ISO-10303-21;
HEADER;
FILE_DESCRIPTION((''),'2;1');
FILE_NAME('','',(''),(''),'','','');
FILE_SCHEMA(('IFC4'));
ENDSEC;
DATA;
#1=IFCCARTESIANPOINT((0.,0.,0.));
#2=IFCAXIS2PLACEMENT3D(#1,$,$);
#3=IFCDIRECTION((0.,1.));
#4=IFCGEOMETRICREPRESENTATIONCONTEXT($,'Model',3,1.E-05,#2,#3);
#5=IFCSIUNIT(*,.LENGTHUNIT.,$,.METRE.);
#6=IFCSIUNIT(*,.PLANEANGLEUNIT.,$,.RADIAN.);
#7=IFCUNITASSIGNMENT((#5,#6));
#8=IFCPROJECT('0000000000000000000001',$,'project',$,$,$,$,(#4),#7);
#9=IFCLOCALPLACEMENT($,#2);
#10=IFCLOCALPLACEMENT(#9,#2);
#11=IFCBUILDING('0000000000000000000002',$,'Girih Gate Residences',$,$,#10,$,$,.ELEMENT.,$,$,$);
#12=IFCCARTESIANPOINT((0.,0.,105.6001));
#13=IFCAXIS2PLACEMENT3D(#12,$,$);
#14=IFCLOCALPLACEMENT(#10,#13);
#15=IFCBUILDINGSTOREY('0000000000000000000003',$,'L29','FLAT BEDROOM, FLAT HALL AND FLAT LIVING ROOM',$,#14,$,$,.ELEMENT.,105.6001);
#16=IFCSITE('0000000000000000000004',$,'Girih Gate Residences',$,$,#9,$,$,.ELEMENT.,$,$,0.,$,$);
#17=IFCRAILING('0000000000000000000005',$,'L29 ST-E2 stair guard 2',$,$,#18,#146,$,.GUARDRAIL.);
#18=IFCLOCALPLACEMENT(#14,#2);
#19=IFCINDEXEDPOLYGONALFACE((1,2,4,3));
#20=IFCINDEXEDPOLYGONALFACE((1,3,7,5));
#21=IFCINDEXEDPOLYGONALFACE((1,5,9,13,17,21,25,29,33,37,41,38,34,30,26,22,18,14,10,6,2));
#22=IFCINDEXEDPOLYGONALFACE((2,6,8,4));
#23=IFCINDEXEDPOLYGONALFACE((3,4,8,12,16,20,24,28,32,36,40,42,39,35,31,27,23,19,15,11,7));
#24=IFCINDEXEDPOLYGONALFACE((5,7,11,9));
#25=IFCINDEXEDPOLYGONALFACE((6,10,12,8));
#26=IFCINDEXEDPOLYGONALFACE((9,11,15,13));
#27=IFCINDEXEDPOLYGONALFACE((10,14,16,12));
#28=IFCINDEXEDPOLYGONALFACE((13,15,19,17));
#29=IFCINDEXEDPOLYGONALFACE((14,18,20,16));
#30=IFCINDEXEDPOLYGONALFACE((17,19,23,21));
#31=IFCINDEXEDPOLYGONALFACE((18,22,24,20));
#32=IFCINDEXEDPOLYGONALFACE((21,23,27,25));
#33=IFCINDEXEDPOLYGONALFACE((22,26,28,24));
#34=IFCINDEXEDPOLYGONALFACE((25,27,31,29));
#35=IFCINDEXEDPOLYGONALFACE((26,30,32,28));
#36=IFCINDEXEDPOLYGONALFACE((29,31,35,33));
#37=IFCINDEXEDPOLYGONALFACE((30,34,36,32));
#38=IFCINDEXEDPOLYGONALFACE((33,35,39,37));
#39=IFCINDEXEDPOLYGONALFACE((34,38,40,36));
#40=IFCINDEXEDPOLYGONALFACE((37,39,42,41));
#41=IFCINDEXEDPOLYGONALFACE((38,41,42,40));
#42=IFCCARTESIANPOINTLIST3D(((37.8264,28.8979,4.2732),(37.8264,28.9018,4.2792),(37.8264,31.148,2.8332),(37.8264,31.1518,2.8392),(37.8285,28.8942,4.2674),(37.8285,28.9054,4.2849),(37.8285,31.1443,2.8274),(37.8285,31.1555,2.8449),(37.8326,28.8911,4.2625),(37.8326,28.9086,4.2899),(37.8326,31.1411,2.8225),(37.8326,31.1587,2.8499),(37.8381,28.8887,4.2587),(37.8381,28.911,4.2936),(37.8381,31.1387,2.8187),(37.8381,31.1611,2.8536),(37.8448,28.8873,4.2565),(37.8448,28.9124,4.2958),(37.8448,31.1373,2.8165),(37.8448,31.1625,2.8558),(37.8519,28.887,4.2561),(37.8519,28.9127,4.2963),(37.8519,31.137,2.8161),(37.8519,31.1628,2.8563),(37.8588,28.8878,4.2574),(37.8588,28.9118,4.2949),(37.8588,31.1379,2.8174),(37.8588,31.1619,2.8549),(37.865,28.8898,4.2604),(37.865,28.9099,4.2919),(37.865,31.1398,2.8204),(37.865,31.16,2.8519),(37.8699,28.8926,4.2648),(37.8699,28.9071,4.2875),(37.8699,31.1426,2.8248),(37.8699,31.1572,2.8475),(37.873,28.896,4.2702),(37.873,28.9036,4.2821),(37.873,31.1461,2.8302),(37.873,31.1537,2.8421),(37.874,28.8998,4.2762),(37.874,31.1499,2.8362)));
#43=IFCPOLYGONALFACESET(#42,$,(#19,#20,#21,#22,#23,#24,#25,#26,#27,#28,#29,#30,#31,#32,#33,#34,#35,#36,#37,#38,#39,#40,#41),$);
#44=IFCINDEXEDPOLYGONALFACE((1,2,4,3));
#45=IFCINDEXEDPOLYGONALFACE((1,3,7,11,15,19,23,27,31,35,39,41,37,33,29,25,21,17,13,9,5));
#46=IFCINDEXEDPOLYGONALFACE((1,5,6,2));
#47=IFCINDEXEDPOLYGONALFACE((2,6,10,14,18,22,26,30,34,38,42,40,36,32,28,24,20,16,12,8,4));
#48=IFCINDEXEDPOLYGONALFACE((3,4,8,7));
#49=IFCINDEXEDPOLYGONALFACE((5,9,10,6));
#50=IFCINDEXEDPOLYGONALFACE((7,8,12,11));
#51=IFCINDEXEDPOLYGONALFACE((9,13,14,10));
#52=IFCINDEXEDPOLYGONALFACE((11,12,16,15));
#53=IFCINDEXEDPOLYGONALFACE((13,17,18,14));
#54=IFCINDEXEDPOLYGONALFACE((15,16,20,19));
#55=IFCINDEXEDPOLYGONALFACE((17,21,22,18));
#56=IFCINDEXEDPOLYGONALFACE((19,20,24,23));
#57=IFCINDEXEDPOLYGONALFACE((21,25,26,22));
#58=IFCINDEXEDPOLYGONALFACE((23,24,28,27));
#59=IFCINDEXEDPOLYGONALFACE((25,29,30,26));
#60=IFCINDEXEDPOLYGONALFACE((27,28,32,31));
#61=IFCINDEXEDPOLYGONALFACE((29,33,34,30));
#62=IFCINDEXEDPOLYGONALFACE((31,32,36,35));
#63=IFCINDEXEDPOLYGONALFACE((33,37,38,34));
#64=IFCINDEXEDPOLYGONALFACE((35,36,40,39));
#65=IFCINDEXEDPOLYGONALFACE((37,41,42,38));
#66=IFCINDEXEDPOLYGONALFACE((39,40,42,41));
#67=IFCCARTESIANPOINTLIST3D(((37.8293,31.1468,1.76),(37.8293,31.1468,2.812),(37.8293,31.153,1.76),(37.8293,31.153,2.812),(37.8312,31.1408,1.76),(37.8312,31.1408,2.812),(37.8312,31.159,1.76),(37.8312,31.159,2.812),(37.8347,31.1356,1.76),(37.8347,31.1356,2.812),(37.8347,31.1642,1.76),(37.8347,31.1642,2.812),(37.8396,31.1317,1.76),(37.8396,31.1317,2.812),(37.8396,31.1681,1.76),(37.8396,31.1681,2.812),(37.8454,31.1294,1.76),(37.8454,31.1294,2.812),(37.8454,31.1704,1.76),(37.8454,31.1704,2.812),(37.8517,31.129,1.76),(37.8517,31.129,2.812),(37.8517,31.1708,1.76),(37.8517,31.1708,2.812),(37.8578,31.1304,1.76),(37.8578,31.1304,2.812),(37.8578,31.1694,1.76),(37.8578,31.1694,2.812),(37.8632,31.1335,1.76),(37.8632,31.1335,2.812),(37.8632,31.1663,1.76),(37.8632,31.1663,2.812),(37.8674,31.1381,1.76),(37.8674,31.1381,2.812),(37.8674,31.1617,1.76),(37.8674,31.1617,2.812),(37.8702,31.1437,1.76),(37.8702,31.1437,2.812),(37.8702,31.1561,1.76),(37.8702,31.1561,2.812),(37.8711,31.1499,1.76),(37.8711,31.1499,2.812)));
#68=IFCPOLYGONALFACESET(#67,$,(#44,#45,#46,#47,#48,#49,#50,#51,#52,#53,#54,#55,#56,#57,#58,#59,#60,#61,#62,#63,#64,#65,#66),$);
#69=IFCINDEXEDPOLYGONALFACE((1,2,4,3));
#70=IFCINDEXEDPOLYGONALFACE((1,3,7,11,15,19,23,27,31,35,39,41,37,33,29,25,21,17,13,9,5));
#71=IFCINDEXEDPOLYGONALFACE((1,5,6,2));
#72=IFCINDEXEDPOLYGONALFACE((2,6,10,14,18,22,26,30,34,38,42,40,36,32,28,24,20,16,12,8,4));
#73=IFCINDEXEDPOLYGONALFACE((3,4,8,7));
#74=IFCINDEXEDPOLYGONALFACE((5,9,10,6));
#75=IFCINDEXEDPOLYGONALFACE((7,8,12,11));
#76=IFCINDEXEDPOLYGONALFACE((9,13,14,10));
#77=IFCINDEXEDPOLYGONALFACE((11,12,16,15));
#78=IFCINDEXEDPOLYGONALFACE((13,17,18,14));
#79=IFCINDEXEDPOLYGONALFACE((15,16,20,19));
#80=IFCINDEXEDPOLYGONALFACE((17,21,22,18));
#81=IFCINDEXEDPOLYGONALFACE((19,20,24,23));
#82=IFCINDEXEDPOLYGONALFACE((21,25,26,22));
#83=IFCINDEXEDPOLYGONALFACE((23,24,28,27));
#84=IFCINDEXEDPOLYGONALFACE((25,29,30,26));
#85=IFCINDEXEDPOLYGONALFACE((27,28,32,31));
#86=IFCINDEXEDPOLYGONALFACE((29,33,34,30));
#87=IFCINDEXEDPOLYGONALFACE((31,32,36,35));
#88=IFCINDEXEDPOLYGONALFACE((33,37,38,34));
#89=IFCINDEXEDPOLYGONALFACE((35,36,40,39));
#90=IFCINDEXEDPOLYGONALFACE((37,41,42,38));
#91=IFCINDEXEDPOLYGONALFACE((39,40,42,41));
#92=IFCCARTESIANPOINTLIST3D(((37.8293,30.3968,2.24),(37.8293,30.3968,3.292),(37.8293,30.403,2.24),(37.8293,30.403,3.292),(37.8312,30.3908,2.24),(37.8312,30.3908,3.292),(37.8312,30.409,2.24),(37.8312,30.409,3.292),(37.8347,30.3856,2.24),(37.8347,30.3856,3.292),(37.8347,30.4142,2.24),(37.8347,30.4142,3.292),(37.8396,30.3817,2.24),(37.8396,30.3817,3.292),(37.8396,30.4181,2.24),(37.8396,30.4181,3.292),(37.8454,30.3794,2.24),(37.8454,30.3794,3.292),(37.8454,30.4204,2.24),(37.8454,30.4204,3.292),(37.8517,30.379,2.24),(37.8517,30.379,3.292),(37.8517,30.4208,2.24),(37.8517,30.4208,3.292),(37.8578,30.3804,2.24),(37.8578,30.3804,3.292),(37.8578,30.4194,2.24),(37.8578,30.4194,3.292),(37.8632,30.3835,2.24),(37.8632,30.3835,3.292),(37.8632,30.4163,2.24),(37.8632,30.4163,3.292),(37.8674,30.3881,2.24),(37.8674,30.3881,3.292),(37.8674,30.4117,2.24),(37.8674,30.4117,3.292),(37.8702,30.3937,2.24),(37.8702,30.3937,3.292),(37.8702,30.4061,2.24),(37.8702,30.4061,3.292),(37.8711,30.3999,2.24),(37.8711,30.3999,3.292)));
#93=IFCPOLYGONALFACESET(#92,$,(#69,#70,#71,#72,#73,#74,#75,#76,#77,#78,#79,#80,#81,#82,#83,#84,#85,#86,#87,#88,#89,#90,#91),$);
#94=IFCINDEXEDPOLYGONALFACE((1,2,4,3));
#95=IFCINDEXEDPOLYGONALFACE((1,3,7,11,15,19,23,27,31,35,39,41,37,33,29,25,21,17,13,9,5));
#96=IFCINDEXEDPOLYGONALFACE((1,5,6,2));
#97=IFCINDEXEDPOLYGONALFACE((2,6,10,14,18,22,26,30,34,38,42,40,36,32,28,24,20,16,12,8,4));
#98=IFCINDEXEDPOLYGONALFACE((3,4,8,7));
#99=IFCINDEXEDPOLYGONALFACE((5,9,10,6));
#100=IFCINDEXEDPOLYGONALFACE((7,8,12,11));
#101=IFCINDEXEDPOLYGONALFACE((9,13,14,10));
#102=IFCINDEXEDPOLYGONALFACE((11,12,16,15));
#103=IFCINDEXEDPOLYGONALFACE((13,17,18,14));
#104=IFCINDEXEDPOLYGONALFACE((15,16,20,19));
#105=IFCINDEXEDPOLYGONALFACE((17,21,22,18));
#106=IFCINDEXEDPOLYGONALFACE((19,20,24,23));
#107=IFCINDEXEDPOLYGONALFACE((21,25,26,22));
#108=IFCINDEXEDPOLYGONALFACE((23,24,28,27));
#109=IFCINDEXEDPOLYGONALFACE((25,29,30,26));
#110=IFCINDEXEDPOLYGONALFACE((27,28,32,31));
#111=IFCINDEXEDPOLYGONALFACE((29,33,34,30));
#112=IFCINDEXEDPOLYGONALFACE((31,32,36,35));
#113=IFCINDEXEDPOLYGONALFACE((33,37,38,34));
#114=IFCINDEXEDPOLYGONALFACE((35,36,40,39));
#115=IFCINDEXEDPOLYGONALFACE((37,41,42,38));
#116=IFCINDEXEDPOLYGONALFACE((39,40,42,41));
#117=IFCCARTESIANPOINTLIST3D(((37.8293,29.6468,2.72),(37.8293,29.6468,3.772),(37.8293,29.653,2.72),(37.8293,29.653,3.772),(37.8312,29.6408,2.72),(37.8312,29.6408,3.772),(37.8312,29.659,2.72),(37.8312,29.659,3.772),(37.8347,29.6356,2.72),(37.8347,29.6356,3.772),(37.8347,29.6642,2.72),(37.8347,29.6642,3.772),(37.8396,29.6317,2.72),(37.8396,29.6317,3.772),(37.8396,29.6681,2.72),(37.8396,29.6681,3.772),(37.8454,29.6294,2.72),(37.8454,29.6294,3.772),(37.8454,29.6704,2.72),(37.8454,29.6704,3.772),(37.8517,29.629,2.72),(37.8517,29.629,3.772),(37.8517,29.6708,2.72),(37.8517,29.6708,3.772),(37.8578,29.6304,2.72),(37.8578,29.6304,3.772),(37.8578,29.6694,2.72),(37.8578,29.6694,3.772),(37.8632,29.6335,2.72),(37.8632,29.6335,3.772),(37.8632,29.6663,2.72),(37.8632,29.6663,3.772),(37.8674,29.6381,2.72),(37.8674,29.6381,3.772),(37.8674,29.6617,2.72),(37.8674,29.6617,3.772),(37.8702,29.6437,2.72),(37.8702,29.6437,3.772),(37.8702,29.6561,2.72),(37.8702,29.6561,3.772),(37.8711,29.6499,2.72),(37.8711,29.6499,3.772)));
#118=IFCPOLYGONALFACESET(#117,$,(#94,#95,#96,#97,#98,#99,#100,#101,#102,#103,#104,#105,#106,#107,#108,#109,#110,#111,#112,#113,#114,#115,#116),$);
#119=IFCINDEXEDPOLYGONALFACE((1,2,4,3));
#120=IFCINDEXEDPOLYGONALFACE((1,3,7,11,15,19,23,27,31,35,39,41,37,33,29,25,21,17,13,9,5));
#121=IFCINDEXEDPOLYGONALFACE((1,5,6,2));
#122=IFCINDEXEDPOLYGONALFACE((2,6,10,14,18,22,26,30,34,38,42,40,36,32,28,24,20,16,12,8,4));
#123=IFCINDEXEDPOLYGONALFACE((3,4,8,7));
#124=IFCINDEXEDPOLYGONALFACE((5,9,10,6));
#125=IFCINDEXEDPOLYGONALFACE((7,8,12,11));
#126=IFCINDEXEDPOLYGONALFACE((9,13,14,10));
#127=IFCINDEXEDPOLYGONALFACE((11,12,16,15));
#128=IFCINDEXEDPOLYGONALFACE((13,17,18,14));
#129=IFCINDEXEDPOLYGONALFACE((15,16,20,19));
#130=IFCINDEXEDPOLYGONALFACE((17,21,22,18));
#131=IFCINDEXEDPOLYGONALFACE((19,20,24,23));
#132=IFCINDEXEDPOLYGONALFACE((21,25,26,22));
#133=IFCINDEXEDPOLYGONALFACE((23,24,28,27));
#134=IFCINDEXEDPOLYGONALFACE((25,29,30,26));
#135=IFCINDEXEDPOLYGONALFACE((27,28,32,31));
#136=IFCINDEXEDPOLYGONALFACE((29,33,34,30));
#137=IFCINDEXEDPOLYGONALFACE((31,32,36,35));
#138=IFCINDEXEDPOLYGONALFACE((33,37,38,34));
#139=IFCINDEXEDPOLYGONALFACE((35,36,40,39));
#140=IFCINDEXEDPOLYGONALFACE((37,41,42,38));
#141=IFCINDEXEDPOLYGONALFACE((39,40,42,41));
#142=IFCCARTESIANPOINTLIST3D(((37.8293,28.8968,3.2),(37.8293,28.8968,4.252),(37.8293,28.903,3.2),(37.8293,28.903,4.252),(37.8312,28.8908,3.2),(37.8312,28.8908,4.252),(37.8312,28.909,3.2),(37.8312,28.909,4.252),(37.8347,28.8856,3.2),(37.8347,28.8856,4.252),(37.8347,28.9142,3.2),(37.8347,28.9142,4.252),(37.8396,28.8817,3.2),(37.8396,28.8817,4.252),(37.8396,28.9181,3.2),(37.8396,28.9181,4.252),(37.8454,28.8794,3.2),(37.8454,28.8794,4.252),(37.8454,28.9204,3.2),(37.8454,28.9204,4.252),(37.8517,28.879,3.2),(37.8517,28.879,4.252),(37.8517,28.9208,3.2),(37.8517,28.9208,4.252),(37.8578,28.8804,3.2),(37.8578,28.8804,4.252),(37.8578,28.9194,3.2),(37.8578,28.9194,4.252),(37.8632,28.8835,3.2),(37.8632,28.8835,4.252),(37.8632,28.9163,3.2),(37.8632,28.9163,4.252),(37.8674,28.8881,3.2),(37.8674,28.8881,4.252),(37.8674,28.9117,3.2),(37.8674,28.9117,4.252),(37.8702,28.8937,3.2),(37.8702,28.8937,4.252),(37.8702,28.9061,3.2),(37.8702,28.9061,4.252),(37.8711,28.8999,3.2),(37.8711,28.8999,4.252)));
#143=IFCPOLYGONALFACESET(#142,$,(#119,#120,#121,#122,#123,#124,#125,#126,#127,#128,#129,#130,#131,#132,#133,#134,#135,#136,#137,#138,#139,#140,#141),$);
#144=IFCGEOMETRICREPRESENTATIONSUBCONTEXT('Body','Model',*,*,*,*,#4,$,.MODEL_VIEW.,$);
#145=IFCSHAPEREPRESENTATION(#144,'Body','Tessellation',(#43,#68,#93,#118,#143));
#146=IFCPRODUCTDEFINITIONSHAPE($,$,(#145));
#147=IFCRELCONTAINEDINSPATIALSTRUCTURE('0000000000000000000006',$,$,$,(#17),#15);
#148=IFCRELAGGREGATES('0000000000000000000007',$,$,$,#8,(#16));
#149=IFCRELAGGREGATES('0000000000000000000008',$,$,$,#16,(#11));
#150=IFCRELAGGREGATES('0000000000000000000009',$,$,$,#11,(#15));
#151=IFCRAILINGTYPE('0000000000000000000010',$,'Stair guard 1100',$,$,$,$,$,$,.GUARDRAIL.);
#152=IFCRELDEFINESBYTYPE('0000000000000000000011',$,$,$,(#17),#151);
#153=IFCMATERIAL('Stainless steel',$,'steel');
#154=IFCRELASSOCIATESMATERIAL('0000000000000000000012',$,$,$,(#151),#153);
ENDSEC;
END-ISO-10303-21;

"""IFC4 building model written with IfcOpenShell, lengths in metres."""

from ifc_helpers import new_model, si_unit, direction, frame, origin, origin_2d, place, context, subcontext, project, spatial, circle, extrude, material, type_object, element, save


model = new_model("IFC4")

# Units and contexts
model_context = context("Model", 3, precision=1e-05, world=origin(), true_north=direction((0.0, 1.0)))
body_context = subcontext(model_context, "Body", "Model", "MODEL_VIEW")
ifc_project = project(units=[si_unit("LENGTHUNIT", "METRE"), si_unit("PLANEANGLEUNIT", "RADIAN")], contexts=[model_context])

# Site, building, storey
site_placement = place(None, origin())
site = spatial("IfcSite", under=ifc_project, at=site_placement, Name="Girih Gate Residences", CompositionType="ELEMENT", RefElevation=0.0)
building_placement = place(site_placement, origin())
building = spatial("IfcBuilding", under=site, at=building_placement, Name="Girih Gate Residences", CompositionType="ELEMENT")
storey_placement = place(building_placement, frame((0.0, 0.0, 105.6001)))
storey = spatial("IfcBuildingStorey", under=building, at=storey_placement, Name="L29", Description="FLAT BEDROOM, FLAT HALL AND FLAT LIVING ROOM", CompositionType="ELEMENT", Elevation=105.6001)

# Shared definitions
ifc_material_1 = material(Name="Stainless steel", Category="steel")

# Railing
railing_type_1 = type_object("IfcRailingType", Name="Stair guard 1100", PredefinedType="GUARDRAIL", material=ifc_material_1)
railing_1_placement = place(storey_placement, frame((37.8501, 31.1499, 1.76)))
element("IfcRailing", 1, at=railing_1_placement, inside=storey, type_object=railing_type_1, Name="L29 ST-E2 stair guard 2", PredefinedType="GUARDRAIL", context=body_context, shape_type="SweptSolid", body=[
    extrude(circle(Radius=0.0239, at=origin_2d()), frame((0.0, 0.0, 1.0762), z_axis=(0.0, -0.842281, 0.539038), x_axis=(1.0, 0.0, 0.0)), (0.0, 0.0, 1.0), 2.6714),
    extrude(circle(Radius=0.021, at=origin_2d()), origin(), (0.0, 0.0, 1.0), 1.052),
    extrude(circle(Radius=0.021, at=origin_2d()), frame((0.0, -0.75, 0.48)), (0.0, 0.0, 1.0), 1.052),
    extrude(circle(Radius=0.021, at=origin_2d()), frame((0.0, -1.5, 0.96)), (0.0, 0.0, 1.0), 1.052),
    extrude(circle(Radius=0.021, at=origin_2d()), frame((0.0, -2.25, 1.4399)), (0.0, 0.0, 1.0), 1.052),
])

save(model, "model.ifc")
